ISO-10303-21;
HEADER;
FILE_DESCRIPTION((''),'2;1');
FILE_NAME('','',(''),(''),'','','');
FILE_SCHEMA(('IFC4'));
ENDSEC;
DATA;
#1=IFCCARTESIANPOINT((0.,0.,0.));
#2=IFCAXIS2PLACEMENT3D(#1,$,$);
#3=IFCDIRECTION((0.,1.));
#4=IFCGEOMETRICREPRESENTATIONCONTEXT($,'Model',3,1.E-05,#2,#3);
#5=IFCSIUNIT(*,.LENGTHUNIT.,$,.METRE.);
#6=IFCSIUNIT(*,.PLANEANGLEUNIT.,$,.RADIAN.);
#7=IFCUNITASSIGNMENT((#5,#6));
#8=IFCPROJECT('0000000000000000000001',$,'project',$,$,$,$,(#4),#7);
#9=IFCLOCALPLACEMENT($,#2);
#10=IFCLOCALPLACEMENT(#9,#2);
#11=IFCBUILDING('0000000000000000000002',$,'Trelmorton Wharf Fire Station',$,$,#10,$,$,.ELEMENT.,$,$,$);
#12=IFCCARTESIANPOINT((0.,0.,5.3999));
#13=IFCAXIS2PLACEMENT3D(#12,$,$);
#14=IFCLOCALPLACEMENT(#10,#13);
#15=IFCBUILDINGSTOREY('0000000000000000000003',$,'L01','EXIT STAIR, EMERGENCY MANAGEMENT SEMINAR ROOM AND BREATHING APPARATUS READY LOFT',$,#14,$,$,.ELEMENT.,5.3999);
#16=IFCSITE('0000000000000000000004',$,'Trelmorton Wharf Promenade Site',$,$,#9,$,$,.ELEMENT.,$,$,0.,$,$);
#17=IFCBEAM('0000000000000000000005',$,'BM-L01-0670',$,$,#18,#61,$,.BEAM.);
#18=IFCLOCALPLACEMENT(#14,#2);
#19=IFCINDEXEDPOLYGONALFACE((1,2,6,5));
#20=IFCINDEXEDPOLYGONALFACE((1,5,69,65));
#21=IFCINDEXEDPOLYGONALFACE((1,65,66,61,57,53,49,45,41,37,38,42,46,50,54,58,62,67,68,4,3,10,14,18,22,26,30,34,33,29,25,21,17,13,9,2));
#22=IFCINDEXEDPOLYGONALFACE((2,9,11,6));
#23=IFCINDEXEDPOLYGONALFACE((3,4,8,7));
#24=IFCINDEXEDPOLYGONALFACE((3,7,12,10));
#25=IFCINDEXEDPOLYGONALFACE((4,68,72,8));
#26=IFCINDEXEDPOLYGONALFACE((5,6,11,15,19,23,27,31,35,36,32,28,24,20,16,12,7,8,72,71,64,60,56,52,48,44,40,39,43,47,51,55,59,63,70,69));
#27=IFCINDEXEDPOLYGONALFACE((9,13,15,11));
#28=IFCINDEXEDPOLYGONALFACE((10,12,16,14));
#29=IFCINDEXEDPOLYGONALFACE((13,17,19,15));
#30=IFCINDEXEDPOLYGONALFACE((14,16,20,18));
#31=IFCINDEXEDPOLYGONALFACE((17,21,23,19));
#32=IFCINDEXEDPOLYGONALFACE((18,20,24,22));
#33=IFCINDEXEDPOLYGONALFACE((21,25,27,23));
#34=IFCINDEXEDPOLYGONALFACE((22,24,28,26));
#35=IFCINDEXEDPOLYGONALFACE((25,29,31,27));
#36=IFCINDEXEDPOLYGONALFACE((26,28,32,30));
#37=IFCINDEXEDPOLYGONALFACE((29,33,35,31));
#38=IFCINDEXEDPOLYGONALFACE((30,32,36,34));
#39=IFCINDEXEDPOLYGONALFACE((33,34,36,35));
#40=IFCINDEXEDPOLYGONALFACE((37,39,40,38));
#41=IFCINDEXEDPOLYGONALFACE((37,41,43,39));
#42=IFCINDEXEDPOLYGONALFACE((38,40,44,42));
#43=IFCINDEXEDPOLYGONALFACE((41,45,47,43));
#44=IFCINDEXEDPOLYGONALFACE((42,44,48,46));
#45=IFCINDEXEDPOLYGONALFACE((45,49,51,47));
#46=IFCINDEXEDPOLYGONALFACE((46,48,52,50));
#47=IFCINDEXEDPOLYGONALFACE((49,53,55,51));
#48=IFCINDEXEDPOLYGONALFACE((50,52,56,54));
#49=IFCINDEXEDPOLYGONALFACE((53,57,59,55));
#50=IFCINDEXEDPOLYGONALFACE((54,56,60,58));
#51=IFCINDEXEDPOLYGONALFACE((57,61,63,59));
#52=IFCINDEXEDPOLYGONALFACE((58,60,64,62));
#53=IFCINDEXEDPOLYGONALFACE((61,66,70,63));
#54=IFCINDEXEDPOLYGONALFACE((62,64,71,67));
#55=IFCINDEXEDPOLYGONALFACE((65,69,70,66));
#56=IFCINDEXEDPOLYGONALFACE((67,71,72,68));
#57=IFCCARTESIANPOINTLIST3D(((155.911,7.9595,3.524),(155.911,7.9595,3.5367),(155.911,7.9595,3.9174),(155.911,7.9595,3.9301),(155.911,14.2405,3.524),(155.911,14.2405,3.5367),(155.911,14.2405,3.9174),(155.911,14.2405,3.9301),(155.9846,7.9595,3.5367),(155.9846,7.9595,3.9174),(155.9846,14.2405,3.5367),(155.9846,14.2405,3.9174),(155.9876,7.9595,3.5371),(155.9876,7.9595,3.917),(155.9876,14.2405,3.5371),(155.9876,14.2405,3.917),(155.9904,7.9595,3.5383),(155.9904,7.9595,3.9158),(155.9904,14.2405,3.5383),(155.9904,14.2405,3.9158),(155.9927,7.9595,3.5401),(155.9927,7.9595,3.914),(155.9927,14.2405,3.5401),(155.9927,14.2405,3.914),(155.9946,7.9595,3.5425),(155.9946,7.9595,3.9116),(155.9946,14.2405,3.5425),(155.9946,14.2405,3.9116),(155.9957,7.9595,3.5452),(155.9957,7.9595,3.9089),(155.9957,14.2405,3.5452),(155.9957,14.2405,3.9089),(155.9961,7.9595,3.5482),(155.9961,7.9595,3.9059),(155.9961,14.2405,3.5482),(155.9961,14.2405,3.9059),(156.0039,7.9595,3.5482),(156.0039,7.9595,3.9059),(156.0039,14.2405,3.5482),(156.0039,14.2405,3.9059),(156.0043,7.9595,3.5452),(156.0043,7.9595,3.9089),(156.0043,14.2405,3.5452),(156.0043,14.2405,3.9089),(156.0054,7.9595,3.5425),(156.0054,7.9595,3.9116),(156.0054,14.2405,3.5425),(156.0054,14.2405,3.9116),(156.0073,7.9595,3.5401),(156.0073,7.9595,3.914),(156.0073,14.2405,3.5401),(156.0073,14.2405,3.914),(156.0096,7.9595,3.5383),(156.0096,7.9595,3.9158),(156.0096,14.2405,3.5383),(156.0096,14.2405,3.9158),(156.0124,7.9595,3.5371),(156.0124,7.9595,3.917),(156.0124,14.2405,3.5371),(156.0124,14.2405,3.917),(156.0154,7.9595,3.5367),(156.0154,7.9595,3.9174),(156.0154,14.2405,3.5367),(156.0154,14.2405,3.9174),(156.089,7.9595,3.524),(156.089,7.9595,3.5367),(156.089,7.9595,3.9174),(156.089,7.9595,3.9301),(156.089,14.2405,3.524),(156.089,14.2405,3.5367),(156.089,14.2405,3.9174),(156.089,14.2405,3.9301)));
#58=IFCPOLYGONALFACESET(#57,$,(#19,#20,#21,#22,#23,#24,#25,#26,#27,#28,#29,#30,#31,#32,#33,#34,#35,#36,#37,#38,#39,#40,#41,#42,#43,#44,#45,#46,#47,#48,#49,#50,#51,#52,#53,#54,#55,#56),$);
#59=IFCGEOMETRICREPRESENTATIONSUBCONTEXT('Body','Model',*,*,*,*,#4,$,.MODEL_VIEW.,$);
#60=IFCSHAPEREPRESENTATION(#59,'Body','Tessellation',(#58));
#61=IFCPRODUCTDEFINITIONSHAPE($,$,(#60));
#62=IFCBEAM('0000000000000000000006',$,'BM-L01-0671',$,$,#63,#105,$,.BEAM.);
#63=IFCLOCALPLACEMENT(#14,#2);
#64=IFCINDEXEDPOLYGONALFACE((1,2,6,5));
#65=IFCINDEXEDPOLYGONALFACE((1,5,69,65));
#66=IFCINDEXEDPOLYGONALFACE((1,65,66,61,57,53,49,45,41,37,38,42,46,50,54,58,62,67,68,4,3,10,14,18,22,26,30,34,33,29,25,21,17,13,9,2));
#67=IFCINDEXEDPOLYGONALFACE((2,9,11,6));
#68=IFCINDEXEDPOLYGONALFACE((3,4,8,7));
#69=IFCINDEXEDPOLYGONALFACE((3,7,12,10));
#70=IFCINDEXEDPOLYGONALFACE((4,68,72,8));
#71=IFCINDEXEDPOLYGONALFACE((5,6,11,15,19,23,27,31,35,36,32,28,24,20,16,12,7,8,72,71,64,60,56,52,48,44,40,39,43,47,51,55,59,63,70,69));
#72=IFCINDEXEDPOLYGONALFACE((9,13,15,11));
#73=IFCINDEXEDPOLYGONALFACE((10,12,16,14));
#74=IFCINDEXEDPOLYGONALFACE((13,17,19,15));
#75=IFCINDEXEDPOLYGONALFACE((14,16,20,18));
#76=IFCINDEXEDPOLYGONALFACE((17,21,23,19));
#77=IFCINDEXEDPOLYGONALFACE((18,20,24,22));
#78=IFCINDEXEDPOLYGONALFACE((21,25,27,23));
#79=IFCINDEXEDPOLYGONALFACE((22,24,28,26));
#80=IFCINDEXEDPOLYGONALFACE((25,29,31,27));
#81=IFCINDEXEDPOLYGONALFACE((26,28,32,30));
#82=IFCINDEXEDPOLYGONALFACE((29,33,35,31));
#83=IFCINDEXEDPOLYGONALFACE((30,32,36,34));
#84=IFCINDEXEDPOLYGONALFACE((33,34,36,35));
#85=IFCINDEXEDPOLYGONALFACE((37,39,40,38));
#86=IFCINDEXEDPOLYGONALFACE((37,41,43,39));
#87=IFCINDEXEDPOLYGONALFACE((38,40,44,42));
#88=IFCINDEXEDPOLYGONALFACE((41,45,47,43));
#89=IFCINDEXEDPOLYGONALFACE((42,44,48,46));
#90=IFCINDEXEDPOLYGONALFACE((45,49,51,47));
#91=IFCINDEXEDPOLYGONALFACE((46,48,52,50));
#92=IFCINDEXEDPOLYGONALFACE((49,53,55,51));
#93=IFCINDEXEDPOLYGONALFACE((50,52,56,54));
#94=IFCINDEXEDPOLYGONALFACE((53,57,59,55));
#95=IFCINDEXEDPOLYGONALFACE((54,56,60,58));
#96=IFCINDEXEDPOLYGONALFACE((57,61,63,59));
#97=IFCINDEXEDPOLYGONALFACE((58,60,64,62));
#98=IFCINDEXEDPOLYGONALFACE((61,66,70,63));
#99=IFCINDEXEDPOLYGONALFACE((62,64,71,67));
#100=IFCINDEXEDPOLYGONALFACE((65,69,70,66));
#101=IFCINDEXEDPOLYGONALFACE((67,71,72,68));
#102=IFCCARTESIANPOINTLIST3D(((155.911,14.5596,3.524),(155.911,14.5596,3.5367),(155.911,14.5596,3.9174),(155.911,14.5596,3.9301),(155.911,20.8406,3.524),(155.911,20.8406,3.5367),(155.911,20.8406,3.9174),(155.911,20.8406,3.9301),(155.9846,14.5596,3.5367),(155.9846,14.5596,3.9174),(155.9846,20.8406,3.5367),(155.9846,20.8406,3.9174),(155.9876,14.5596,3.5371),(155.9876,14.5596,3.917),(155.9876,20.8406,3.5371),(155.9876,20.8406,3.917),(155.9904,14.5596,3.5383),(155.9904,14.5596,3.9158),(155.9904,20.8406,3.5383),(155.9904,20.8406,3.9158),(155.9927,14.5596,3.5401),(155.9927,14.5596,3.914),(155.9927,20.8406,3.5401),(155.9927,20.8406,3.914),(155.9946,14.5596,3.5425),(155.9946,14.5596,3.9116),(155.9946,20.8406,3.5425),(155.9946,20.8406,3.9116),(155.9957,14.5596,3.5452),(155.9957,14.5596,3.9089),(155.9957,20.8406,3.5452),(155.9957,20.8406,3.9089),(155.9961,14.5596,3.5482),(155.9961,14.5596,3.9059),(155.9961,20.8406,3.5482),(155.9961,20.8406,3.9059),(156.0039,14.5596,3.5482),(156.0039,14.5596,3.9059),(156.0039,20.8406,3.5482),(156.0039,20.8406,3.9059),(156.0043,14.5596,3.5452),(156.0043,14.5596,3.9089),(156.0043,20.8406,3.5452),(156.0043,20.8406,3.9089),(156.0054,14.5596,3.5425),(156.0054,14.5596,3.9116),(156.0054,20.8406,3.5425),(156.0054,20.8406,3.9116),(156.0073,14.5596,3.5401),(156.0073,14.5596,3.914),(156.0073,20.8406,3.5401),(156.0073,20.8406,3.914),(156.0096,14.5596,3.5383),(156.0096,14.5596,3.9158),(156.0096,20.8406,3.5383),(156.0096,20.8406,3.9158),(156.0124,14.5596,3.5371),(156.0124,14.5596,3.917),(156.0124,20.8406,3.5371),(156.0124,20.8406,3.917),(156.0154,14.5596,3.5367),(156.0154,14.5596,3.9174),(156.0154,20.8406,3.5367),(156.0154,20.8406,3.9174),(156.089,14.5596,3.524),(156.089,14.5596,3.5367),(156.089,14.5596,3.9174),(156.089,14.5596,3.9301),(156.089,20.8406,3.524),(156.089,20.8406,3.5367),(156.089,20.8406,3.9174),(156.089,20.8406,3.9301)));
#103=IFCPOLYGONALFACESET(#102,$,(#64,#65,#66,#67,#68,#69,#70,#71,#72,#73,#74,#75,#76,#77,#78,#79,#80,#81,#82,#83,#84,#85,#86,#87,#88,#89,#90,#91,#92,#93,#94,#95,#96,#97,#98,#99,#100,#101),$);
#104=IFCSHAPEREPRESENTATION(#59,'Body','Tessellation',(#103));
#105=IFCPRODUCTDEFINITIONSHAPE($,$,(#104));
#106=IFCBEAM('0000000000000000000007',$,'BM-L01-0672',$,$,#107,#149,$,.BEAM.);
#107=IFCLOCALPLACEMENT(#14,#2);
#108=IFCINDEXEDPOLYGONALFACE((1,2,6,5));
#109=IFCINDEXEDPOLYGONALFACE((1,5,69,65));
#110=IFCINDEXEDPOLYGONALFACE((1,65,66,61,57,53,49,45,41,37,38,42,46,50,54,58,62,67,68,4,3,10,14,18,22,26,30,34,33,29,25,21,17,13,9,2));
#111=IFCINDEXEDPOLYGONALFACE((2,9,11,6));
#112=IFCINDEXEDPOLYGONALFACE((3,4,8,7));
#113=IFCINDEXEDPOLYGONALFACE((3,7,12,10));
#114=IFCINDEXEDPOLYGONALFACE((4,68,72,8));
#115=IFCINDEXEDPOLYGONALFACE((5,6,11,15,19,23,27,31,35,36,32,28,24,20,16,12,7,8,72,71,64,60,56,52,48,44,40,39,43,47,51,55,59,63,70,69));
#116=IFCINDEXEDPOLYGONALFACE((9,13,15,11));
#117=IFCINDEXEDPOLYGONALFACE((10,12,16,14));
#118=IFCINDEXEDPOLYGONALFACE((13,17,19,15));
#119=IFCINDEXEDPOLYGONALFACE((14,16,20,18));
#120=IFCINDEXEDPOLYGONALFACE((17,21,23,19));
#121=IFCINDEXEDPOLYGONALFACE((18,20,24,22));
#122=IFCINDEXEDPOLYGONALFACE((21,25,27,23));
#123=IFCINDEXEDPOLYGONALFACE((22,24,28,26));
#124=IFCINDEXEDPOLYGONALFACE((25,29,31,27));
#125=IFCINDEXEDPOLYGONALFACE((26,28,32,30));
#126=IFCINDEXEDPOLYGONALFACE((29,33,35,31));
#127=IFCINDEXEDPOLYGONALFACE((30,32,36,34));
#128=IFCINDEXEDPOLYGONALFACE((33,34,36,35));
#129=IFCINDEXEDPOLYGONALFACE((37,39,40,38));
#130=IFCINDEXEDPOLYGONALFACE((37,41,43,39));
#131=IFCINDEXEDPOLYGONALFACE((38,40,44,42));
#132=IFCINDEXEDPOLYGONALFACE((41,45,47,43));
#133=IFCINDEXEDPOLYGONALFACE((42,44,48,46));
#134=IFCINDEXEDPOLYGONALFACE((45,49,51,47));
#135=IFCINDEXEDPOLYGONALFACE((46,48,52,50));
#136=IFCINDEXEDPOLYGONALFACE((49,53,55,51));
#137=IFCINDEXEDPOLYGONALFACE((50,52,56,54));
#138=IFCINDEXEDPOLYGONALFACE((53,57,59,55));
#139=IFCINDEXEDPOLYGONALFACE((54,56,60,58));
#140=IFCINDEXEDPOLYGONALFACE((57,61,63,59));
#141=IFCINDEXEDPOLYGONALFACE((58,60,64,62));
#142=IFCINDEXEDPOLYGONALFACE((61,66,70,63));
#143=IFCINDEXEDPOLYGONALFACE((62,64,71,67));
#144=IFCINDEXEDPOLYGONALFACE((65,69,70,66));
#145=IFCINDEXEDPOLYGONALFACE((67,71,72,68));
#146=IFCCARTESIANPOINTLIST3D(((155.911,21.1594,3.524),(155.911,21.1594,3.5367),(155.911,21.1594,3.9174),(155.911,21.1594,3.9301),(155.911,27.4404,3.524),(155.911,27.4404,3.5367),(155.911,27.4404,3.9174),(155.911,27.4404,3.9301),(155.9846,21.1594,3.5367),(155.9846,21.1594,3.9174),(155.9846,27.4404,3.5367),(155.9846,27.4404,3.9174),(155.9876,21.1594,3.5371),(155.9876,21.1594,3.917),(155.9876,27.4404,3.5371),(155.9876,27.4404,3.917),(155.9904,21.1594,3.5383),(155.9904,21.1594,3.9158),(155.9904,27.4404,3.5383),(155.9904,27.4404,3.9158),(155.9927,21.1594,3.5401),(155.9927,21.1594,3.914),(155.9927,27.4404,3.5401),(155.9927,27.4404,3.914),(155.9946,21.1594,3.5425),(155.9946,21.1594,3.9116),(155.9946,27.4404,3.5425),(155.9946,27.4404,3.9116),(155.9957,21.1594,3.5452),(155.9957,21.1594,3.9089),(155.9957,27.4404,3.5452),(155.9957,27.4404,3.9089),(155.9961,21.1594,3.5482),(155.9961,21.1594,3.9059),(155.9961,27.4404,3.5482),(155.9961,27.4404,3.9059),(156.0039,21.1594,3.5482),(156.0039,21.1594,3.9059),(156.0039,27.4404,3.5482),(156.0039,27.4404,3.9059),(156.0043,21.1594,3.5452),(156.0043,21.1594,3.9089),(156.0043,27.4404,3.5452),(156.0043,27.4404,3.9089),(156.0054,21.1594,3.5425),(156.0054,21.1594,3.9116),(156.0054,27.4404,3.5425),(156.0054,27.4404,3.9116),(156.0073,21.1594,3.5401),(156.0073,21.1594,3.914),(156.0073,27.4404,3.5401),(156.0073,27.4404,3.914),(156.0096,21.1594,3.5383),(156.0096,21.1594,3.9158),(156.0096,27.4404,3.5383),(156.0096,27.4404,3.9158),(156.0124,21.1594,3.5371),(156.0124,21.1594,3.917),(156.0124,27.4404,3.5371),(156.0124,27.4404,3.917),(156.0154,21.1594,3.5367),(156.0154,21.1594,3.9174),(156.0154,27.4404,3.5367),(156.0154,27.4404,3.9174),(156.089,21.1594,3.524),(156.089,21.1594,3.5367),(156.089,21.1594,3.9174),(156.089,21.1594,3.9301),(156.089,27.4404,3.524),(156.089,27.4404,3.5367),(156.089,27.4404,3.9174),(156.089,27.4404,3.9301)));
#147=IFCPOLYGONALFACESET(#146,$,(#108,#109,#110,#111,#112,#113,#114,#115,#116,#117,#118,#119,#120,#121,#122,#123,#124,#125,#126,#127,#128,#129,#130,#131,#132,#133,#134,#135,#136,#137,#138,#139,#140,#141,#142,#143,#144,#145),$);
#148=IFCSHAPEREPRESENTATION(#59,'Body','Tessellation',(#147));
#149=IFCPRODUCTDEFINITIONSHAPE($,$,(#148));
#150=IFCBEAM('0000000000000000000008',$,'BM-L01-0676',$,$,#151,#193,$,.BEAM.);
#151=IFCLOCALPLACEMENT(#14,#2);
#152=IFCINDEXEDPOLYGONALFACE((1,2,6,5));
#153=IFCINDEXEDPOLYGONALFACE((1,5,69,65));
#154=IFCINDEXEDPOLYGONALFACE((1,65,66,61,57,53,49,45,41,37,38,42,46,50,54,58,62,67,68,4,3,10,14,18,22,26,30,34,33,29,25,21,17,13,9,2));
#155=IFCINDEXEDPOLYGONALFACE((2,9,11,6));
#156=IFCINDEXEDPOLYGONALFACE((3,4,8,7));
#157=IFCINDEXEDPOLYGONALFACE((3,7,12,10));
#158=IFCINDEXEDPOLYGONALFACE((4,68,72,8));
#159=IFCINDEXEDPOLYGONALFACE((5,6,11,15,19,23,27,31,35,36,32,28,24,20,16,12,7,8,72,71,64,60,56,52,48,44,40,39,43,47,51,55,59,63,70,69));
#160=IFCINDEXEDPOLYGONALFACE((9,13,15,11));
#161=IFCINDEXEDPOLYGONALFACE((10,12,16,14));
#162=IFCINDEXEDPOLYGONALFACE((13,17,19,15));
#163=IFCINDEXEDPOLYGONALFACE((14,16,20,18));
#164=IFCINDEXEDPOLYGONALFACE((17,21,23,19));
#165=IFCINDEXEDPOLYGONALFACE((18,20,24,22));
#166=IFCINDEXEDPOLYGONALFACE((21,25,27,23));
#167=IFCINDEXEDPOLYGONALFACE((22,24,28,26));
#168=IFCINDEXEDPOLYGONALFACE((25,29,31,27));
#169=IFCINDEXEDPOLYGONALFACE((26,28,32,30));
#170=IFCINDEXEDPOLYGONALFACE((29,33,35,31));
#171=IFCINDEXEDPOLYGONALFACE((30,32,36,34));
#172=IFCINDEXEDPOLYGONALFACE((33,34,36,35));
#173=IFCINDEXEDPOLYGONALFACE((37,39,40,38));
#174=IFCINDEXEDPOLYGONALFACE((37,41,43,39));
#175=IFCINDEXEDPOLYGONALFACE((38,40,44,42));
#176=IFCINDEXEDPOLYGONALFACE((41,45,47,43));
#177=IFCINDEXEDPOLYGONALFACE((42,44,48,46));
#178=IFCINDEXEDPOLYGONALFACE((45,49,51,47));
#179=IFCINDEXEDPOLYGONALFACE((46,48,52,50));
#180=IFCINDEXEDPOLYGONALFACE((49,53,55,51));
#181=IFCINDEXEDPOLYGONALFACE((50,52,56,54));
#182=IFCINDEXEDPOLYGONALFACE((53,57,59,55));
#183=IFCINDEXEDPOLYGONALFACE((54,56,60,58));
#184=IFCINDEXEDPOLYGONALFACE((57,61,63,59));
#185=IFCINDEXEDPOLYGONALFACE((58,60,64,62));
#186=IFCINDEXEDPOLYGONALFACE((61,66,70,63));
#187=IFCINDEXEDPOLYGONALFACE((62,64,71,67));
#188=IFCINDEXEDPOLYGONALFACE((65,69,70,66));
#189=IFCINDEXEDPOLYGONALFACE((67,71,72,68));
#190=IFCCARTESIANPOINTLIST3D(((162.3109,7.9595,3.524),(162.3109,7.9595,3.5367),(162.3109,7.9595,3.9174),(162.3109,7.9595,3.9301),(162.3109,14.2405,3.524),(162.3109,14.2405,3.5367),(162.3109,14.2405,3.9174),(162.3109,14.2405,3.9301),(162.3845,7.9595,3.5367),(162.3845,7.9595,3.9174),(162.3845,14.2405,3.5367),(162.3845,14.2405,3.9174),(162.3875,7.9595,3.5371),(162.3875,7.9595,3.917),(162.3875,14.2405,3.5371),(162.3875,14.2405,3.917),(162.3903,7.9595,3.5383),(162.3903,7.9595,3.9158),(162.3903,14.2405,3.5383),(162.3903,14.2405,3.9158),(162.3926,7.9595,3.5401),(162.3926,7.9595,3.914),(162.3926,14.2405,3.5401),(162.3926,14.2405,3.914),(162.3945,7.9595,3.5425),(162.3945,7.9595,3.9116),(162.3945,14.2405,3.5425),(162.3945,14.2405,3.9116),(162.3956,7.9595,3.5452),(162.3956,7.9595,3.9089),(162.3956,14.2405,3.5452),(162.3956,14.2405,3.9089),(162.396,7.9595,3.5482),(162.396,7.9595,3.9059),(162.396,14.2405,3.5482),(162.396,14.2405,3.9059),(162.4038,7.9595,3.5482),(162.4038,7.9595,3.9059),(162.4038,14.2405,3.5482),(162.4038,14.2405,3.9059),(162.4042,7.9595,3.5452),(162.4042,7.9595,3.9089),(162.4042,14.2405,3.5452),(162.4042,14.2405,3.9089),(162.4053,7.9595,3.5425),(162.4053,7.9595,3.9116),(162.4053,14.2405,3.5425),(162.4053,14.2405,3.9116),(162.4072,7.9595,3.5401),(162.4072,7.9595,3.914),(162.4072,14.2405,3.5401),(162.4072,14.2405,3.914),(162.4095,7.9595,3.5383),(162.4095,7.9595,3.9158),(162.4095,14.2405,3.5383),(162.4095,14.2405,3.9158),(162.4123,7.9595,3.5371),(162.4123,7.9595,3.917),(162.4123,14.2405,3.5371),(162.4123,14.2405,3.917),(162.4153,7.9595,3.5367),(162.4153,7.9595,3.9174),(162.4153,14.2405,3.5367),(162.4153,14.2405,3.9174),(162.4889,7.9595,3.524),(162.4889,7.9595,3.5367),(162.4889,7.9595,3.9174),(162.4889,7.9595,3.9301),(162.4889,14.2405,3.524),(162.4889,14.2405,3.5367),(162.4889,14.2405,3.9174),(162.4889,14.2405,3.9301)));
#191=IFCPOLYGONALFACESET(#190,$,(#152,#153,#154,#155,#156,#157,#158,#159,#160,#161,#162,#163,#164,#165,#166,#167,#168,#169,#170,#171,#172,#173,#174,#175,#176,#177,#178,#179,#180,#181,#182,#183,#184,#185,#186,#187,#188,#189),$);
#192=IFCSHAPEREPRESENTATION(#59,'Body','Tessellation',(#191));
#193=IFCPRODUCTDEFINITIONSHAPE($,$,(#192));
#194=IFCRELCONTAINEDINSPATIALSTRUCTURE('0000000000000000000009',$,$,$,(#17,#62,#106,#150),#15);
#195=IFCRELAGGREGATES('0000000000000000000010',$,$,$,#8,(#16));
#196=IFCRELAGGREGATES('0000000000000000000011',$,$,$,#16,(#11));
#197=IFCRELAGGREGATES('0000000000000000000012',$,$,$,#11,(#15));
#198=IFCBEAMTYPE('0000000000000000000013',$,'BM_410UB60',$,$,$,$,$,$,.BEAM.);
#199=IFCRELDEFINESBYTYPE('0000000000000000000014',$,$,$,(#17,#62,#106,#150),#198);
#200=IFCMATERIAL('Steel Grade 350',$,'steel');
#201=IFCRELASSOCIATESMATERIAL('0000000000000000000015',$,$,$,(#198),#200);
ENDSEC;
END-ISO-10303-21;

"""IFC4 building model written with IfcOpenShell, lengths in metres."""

from ifc_helpers import new_model, si_unit, direction, frame, origin, origin_2d, place, context, subcontext, project, spatial, i_section, extrude, material, material_profile, profile_set, type_object, element, save


model = new_model("IFC4")

# Units and contexts
model_context = context("Model", 3, precision=1e-05, world=origin(), true_north=direction((0.0, 1.0)))
body_context = subcontext(model_context, "Body", "Model", "MODEL_VIEW")
ifc_project = project(units=[si_unit("LENGTHUNIT", "METRE"), si_unit("PLANEANGLEUNIT", "RADIAN")], contexts=[model_context])

# Site, building, storey
site_placement = place(None, origin())
site = spatial("IfcSite", under=ifc_project, at=site_placement, Name="Trelmorton Wharf Promenade Site", CompositionType="ELEMENT", RefElevation=0.0)
building_placement = place(site_placement, origin())
building = spatial("IfcBuilding", under=site, at=building_placement, Name="Trelmorton Wharf Fire Station", CompositionType="ELEMENT")
storey_placement = place(building_placement, frame((0.0, 0.0, 5.3999)))
storey = spatial("IfcBuildingStorey", under=building, at=storey_placement, Name="L01", Description="EXIT STAIR, EMERGENCY MANAGEMENT SEMINAR ROOM AND BREATHING APPARATUS READY LOFT", CompositionType="ELEMENT", Elevation=5.3999)

# Shared definitions
ifc_material_1 = material(Name="Steel Grade 350", Category="steel")

# Beams
ifc_material_profile_1 = material_profile(ifc_material_1, i_section(OverallWidth=0.178, OverallDepth=0.406, WebThickness=0.0078, FlangeThickness=0.0127, FilletRadius=0.0115, at=origin_2d()), Name="410UB59.7")
ifc_profile_set_1 = profile_set([ifc_material_profile_1], Name="Steel Grade 350")
beam_type_1 = type_object("IfcBeamType", Name="BM_410UB60", PredefinedType="BEAM", material=ifc_profile_set_1)
for number, where, z_axis, x_axis, name in (
    (1, (156.0, 7.9595, 3.7271), (0.0, 1.0, 0.0), (-1.0, 0.0, 0.0), "BM-L01-0670"),
    (2, (156.0, 14.5596, 3.7271), (0.0, 1.0, 0.0), (-1.0, 0.0, 0.0), "BM-L01-0671"),
    (3, (156.0, 21.1594, 3.7271), (0.0, 1.0, 0.0), (-1.0, 0.0, 0.0), "BM-L01-0672"),
    (4, (162.3999, 7.9595, 3.7271), (0.0, 1.0, 0.0), (-1.0, 0.0, 0.0), "BM-L01-0676"),
):
    element("IfcBeam", number, at=place(storey_placement, frame(where, z_axis=z_axis, x_axis=x_axis)), inside=storey, type_object=beam_type_1, Name=name, PredefinedType="BEAM", context=body_context, shape_type="SweptSolid", body=[
        extrude(i_section(OverallWidth=0.178, OverallDepth=0.406, WebThickness=0.0078, FlangeThickness=0.0127, FilletRadius=0.0115, at=origin_2d()), origin(), (0.0, 0.0, 1.0), 6.281),
    ])

save(model, "model.ifc")
